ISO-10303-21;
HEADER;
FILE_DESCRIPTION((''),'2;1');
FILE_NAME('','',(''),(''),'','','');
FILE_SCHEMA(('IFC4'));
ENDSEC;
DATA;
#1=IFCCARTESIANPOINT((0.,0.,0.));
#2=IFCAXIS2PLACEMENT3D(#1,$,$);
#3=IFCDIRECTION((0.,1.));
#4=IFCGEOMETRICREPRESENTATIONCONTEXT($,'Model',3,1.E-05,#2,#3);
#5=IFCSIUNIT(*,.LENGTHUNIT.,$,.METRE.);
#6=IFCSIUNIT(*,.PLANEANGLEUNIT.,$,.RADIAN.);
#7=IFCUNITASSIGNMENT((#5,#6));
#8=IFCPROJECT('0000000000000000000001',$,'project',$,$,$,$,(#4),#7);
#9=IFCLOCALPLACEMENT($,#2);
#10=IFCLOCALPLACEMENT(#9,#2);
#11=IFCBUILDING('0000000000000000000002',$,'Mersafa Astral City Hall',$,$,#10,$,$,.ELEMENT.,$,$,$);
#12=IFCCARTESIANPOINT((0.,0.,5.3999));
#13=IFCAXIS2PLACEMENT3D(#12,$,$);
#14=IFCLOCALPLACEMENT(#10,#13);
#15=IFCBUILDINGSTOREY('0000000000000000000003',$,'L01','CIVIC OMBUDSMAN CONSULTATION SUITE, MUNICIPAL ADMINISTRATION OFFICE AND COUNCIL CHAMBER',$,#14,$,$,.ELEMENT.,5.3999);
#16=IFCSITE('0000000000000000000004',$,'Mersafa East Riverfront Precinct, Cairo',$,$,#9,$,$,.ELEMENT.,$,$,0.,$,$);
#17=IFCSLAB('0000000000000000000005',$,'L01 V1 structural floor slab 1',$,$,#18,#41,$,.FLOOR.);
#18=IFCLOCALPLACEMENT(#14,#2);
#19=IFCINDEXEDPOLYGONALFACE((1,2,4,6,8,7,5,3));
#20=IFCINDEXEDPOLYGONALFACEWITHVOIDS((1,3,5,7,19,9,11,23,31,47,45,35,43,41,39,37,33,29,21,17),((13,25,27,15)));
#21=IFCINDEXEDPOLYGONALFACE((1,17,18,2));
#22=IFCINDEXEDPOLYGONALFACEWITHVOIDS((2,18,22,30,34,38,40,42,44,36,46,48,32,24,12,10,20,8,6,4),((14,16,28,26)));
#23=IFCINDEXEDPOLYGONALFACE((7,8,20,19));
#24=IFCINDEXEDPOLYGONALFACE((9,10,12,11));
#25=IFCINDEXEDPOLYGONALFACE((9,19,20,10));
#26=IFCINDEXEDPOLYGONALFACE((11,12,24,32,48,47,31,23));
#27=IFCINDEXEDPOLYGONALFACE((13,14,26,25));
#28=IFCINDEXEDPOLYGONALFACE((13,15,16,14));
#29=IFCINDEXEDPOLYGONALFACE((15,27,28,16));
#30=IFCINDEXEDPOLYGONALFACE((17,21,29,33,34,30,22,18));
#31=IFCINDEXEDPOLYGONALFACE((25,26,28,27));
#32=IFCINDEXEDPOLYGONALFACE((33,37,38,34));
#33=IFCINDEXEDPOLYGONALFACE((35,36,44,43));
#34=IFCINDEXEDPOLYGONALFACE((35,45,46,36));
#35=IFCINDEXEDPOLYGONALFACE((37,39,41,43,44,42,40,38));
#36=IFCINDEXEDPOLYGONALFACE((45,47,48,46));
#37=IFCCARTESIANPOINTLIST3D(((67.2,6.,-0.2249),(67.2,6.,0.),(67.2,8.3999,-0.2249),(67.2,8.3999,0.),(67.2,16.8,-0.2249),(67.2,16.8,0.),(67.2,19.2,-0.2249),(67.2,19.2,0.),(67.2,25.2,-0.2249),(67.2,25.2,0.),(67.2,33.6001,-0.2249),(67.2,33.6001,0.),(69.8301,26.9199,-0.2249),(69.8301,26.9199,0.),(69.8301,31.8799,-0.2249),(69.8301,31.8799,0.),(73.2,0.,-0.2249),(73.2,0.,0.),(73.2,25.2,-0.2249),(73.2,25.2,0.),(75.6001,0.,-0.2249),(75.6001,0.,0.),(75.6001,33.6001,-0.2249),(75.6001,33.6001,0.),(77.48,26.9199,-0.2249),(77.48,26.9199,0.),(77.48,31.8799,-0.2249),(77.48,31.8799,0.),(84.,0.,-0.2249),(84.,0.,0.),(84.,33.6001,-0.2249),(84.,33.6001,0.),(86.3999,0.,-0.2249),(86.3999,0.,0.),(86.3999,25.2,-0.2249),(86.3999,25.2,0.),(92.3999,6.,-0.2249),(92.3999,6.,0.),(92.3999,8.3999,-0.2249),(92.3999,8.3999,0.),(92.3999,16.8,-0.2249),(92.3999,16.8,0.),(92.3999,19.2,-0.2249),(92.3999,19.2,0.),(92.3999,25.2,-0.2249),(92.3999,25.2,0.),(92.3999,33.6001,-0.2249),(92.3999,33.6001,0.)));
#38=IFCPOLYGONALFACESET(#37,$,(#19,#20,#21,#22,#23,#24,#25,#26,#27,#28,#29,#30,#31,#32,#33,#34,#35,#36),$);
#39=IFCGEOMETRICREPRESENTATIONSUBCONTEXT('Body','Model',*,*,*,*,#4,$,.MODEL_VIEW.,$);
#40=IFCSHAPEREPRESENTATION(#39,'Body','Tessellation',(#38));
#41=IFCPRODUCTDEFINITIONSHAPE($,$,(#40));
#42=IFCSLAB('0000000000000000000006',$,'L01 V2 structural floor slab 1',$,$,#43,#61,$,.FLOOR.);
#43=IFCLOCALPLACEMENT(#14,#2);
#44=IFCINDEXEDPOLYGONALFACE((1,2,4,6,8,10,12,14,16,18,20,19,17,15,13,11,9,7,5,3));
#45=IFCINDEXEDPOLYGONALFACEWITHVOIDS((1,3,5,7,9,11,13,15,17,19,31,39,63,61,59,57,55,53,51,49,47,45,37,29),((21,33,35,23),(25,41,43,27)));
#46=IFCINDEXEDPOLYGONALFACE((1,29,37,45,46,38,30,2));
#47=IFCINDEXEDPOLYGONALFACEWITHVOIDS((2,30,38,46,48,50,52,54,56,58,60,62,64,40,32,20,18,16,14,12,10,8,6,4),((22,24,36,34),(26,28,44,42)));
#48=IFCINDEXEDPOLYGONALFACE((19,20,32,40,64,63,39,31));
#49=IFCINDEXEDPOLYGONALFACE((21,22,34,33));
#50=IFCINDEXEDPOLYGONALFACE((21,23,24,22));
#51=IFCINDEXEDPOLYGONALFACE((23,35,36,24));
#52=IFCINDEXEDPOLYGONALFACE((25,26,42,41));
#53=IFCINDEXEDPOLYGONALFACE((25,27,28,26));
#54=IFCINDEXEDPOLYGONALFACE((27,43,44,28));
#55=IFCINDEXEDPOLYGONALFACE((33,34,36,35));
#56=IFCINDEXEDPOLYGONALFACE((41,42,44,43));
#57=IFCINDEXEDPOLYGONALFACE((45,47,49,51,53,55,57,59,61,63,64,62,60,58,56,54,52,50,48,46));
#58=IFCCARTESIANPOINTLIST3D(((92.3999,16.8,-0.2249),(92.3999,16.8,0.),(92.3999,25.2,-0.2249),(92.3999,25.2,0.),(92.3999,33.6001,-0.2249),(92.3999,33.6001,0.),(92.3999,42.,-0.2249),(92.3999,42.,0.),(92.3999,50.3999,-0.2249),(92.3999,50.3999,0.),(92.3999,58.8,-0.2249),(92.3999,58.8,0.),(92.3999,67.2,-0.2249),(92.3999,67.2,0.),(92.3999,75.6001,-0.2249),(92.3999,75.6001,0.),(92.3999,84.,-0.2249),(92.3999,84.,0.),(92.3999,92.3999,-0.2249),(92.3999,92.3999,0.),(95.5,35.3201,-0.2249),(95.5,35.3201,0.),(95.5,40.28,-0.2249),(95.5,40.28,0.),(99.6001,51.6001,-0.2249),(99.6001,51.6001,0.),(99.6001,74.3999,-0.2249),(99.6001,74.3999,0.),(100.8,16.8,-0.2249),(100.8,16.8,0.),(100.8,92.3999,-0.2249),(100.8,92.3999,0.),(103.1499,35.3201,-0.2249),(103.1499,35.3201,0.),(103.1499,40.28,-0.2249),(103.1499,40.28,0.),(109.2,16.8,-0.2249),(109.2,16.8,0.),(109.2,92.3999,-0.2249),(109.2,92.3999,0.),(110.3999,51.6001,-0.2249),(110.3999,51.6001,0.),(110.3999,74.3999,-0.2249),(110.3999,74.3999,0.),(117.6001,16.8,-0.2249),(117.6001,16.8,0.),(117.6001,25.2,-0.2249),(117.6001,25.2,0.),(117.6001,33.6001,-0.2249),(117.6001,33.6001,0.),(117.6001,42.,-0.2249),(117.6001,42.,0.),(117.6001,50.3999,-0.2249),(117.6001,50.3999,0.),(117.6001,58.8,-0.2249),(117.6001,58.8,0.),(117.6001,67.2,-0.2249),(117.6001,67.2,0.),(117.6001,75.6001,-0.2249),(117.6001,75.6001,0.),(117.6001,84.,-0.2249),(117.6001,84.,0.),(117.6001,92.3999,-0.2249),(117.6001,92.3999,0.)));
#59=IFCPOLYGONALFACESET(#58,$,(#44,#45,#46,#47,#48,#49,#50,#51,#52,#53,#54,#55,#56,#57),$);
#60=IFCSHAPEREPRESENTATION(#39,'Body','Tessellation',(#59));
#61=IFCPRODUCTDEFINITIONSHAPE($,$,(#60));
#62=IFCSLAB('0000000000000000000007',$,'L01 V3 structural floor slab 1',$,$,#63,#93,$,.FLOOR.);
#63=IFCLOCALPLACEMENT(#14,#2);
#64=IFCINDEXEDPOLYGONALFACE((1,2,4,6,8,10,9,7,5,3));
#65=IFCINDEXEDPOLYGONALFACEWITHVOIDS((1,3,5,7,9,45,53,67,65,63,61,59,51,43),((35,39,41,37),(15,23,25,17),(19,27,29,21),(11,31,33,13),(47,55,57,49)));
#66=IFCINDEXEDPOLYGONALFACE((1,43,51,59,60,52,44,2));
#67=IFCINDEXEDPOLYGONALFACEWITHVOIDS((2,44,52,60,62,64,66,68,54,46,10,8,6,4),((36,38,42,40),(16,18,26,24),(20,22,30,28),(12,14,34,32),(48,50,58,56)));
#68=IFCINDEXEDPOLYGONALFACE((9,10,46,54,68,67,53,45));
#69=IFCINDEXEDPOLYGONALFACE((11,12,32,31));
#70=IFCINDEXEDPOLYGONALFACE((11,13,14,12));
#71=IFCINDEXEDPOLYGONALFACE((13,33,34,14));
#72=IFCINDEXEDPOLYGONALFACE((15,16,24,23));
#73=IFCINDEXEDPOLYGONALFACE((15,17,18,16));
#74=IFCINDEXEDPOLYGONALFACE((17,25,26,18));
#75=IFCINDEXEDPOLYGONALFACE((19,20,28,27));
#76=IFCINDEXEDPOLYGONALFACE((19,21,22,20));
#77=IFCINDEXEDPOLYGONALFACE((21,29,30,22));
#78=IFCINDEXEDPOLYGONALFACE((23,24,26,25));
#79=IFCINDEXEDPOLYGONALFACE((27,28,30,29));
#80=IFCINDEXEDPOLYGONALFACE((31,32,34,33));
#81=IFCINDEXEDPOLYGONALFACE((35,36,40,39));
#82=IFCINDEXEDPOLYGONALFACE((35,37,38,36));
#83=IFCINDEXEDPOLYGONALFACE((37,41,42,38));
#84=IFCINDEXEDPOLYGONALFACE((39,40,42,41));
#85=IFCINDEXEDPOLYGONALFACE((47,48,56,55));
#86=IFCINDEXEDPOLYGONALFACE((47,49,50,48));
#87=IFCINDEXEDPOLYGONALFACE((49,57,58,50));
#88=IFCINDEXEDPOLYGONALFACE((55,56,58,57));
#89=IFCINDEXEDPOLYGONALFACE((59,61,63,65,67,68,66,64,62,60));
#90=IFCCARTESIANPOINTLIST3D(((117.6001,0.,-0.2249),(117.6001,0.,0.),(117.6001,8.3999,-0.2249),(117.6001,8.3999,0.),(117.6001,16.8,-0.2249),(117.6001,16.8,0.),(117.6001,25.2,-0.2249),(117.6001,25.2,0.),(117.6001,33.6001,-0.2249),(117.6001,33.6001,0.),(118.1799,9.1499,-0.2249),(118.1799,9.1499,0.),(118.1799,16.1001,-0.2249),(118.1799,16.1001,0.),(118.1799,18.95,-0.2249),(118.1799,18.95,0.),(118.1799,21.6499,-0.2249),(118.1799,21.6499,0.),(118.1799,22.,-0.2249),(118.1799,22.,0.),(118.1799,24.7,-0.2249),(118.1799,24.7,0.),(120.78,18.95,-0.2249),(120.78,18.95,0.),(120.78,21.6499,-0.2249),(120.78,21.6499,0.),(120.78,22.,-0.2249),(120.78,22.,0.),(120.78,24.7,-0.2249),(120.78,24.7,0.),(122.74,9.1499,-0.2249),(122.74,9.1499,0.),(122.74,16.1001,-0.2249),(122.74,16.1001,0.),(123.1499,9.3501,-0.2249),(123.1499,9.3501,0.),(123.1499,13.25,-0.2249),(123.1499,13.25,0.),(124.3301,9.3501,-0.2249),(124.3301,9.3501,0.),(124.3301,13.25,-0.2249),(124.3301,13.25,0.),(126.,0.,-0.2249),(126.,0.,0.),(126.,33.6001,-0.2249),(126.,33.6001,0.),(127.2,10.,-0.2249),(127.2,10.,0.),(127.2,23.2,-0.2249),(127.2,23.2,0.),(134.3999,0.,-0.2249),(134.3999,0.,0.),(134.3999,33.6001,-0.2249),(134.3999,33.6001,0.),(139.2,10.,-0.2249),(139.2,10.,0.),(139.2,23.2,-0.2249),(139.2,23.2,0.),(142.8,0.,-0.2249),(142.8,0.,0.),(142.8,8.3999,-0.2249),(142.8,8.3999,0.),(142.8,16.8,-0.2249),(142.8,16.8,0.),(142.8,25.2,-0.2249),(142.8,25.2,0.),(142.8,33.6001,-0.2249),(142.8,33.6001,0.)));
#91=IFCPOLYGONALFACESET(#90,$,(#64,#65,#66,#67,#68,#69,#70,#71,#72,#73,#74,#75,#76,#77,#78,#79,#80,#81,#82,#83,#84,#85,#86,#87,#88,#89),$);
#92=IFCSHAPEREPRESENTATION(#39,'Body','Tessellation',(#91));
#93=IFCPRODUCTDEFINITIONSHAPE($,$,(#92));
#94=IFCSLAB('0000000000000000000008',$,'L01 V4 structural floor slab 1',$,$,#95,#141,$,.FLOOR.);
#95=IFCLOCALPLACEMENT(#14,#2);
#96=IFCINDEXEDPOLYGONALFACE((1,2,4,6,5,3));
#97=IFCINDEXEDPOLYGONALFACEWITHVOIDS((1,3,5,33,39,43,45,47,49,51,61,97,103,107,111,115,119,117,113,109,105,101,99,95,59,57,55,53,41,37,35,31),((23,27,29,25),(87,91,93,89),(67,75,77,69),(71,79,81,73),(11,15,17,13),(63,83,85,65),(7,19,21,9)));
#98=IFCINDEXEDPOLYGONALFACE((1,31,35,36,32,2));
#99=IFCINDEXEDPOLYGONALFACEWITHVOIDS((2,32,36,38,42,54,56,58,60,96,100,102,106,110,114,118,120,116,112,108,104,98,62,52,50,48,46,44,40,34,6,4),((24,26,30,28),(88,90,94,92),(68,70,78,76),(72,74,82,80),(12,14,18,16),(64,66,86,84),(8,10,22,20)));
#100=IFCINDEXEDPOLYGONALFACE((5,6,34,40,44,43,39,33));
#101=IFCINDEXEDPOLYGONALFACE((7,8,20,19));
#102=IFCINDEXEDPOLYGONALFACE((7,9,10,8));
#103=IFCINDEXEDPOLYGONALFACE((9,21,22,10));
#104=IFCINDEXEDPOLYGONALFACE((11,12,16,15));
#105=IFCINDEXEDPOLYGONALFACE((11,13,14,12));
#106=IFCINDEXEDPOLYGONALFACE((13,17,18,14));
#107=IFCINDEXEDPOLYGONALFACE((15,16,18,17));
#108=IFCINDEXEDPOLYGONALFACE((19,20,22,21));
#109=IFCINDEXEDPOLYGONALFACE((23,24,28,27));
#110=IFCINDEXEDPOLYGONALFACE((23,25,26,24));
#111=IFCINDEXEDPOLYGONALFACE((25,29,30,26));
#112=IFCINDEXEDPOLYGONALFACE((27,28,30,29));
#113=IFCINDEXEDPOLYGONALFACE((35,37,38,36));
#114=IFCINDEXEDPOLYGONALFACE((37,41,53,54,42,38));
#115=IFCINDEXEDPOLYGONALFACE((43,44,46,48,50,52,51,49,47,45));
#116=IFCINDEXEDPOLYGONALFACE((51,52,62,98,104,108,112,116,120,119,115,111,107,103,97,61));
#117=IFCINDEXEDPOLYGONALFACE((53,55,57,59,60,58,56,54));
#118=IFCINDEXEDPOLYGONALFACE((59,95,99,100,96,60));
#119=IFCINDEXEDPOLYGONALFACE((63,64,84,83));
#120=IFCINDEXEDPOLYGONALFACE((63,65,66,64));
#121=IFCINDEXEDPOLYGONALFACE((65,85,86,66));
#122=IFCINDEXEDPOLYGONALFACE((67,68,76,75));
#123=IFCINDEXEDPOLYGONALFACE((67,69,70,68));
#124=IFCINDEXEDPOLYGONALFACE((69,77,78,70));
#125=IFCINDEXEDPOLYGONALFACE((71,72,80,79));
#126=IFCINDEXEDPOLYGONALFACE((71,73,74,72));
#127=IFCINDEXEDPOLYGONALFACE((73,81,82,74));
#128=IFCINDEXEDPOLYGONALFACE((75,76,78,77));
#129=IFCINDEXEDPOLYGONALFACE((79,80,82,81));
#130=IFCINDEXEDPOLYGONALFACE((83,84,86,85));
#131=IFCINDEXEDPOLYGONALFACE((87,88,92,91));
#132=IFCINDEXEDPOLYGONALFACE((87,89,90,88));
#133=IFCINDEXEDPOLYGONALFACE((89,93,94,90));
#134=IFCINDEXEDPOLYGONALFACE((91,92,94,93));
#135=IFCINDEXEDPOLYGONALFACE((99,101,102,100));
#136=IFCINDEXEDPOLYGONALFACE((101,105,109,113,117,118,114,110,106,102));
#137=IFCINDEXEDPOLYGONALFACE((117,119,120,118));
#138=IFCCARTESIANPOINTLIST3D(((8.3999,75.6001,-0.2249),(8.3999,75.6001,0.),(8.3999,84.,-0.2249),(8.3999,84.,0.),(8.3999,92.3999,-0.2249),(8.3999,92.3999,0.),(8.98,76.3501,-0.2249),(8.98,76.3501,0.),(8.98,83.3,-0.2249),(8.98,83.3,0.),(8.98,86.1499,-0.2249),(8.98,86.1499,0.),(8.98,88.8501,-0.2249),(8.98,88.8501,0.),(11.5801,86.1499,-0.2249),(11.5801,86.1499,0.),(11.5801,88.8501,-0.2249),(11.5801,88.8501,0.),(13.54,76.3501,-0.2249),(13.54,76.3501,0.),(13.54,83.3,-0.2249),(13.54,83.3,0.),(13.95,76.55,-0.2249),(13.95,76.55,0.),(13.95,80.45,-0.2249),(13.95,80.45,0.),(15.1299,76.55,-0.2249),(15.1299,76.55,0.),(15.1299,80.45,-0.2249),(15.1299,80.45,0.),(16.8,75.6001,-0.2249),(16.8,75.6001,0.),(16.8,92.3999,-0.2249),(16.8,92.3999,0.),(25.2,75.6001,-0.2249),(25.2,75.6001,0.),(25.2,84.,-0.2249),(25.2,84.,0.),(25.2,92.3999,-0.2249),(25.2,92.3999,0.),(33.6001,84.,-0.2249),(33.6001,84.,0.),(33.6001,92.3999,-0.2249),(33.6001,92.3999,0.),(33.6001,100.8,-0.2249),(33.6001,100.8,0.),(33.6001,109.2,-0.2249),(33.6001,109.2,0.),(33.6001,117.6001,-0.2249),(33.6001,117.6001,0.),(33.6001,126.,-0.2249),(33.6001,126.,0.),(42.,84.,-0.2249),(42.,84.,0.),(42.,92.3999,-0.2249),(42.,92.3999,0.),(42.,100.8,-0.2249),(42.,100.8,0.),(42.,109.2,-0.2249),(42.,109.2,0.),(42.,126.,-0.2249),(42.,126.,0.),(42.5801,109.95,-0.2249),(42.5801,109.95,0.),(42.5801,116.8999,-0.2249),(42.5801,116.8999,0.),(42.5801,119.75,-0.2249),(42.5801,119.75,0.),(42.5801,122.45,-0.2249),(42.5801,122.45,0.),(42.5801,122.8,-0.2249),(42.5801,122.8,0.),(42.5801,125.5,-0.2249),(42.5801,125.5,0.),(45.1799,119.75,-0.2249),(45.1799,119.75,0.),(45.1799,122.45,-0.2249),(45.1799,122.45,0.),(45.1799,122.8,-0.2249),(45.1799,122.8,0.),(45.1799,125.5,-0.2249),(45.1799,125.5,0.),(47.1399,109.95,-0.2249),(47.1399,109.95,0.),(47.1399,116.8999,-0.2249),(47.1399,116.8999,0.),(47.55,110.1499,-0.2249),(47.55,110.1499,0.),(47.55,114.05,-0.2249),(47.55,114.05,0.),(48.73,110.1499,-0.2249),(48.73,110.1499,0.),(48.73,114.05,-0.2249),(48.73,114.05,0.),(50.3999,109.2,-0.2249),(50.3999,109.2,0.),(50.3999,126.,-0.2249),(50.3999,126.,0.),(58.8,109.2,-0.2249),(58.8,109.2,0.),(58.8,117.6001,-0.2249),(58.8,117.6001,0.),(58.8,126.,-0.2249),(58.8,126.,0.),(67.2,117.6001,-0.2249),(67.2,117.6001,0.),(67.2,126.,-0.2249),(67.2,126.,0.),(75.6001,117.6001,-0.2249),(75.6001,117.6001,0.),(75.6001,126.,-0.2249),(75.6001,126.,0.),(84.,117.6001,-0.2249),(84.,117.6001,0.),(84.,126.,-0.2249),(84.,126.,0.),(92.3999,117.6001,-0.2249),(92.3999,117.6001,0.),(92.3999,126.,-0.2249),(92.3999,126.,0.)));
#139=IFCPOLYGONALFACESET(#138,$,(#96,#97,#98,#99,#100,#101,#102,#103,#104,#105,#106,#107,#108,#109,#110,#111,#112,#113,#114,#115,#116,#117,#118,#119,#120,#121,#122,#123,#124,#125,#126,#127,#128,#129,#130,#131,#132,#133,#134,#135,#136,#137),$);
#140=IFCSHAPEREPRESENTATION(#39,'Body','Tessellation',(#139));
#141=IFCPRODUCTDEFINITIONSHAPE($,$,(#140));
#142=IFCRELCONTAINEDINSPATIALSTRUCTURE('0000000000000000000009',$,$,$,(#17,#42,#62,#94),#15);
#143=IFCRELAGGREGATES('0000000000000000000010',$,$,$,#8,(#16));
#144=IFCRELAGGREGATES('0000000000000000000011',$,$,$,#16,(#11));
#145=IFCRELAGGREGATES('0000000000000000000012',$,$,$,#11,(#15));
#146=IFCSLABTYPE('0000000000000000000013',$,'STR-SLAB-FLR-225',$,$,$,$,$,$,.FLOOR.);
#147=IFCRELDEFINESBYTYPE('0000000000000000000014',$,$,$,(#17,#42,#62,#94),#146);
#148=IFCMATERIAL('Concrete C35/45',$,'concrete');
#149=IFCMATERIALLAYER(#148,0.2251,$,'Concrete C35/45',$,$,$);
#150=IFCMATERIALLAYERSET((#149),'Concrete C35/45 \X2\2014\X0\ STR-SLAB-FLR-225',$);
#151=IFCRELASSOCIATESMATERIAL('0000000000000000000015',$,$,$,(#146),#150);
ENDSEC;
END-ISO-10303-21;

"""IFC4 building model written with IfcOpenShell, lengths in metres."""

from ifc_helpers import new_model, si_unit, direction, frame, origin, place, context, subcontext, project, spatial, polyline, outline, extrude, material, layer, layer_set, type_object, element, save


model = new_model("IFC4")

# Units and contexts
model_context = context("Model", 3, precision=1e-05, world=origin(), true_north=direction((0.0, 1.0)))
body_context = subcontext(model_context, "Body", "Model", "MODEL_VIEW")
ifc_project = project(units=[si_unit("LENGTHUNIT", "METRE"), si_unit("PLANEANGLEUNIT", "RADIAN")], contexts=[model_context])

# Site, building, storey
site_placement = place(None, origin())
site = spatial("IfcSite", under=ifc_project, at=site_placement, Name="Mersafa East Riverfront Precinct, Cairo", CompositionType="ELEMENT", RefElevation=0.0)
building_placement = place(site_placement, origin())
building = spatial("IfcBuilding", under=site, at=building_placement, Name="Mersafa Astral City Hall", CompositionType="ELEMENT")
storey_placement = place(building_placement, frame((0.0, 0.0, 5.3999)))
storey = spatial("IfcBuildingStorey", under=building, at=storey_placement, Name="L01", Description="CIVIC OMBUDSMAN CONSULTATION SUITE, MUNICIPAL ADMINISTRATION OFFICE AND COUNCIL CHAMBER", CompositionType="ELEMENT", Elevation=5.3999)

# Slabs
ifc_material_1 = material(Name="Concrete C35/45", Category="concrete")
ifc_layer_1 = layer(ifc_material_1, 0.2251, Name="Concrete C35/45")
ifc_layer_set_1 = layer_set([ifc_layer_1], Name="Concrete C35/45 — STR-SLAB-FLR-225")
slab_type_1 = type_object("IfcSlabType", Name="STR-SLAB-FLR-225", PredefinedType="FLOOR", material=ifc_layer_set_1)
slab_1_placement = place(storey_placement, frame((0.0, 0.0, -0.2249)))
element("IfcSlab", 1, at=slab_1_placement, inside=storey, type_object=slab_type_1, Name="L01 V1 structural floor slab 1", PredefinedType="FLOOR", context=body_context, shape_type="SweptSolid", body=[
    extrude(outline(polyline([(73.2, 25.2), (67.2, 25.2), (67.2, 25.2), (67.2, 33.6001), (75.6001, 33.6001), (84.0, 33.6001), (92.3999, 33.6001), (92.3999, 25.2), (92.3999, 25.2), (86.3999, 25.2), (92.3999, 19.2), (92.3999, 16.8), (92.3999, 8.3999), (92.3999, 6.0), (86.3999, 0.0), (84.0, 0.0), (75.6001, 0.0), (73.2, 0.0), (67.2, 6.0), (67.2, 8.3999), (67.2, 16.8), (67.2, 19.2), (73.2, 25.2)]), holes=[polyline([(77.48, 26.9199), (77.48, 31.8799), (69.8301, 31.8799), (69.8301, 26.9199), (77.48, 26.9199)])]), origin(), (0.0, 0.0, 1.0), 0.2249),
])
slab_2_placement = place(storey_placement, frame((0.0, 0.0, -0.2249)))
element("IfcSlab", 2, at=slab_2_placement, inside=storey, type_object=slab_type_1, Name="L01 V2 structural floor slab 1", PredefinedType="FLOOR", context=body_context, shape_type="SweptSolid", body=[
    extrude(outline(polyline([(92.3999, 42.0), (92.3999, 50.3999), (92.3999, 58.8), (92.3999, 67.2), (92.3999, 75.6001), (92.3999, 84.0), (92.3999, 92.3999), (100.8, 92.3999), (109.2, 92.3999), (117.6001, 92.3999), (117.6001, 84.0), (117.6001, 75.6001), (117.6001, 67.2), (117.6001, 58.8), (117.6001, 50.3999), (117.6001, 42.0), (117.6001, 33.6001), (117.6001, 25.2), (117.6001, 16.8), (109.2, 16.8), (100.8, 16.8), (92.3999, 16.8), (92.3999, 25.2), (92.3999, 33.6001), (92.3999, 42.0)]), holes=[polyline([(95.5, 35.3201), (103.1499, 35.3201), (103.1499, 40.28), (95.5, 40.28), (95.5, 35.3201)]), polyline([(110.3999, 51.6001), (110.3999, 74.3999), (99.6001, 74.3999), (99.6001, 51.6001), (110.3999, 51.6001)])]), origin(), (0.0, 0.0, 1.0), 0.2249),
])
slab_3_placement = place(storey_placement, frame((0.0, 0.0, -0.2249)))
element("IfcSlab", 3, at=slab_3_placement, inside=storey, type_object=slab_type_1, Name="L01 V3 structural floor slab 1", PredefinedType="FLOOR", context=body_context, shape_type="SweptSolid", body=[
    extrude(outline(polyline([(117.6001, 25.2), (117.6001, 33.6001), (126.0, 33.6001), (134.3999, 33.6001), (142.8, 33.6001), (142.8, 25.2), (142.8, 16.8), (142.8, 8.3999), (142.8, 0.0), (134.3999, 0.0), (126.0, 0.0), (117.6001, 0.0), (117.6001, 8.3999), (117.6001, 16.8), (117.6001, 25.2)]), holes=[polyline([(118.1799, 9.1499), (122.74, 9.1499), (122.74, 16.1001), (118.1799, 16.1001), (118.1799, 9.1499)]), polyline([(120.78, 18.95), (120.78, 21.6499), (118.1799, 21.6499), (118.1799, 18.95), (120.78, 18.95)]), polyline([(120.78, 22.0), (120.78, 24.7), (118.1799, 24.7), (118.1799, 22.0), (120.78, 22.0)]), polyline([(124.3301, 13.25), (123.1499, 13.25), (123.1499, 9.3501), (124.3301, 9.3501), (124.3301, 13.25)]), polyline([(139.2, 10.0), (139.2, 23.2), (127.2, 23.2), (127.2, 10.0), (139.2, 10.0)])]), origin(), (0.0, 0.0, 1.0), 0.2249),
])
slab_4_placement = place(storey_placement, frame((0.0, 0.0, -0.2249)))
element("IfcSlab", 4, at=slab_4_placement, inside=storey, type_object=slab_type_1, Name="L01 V4 structural floor slab 1", PredefinedType="FLOOR", context=body_context, shape_type="SweptSolid", body=[
    extrude(outline(polyline([(25.2, 92.3999), (33.6001, 92.3999), (33.6001, 100.8), (33.6001, 109.2), (33.6001, 117.6001), (33.6001, 126.0), (42.0, 126.0), (50.3999, 126.0), (58.8, 126.0), (67.2, 126.0), (75.6001, 126.0), (84.0, 126.0), (92.3999, 126.0), (92.3999, 117.6001), (84.0, 117.6001), (75.6001, 117.6001), (67.2, 117.6001), (58.8, 117.6001), (58.8, 109.2), (50.3999, 109.2), (42.0, 109.2), (42.0, 100.8), (42.0, 92.3999), (42.0, 84.0), (33.6001, 84.0), (25.2, 84.0), (25.2, 75.6001), (16.8, 75.6001), (8.3999, 75.6001), (8.3999, 84.0), (8.3999, 92.3999), (16.8, 92.3999), (25.2, 92.3999)]), holes=[polyline([(15.1299, 80.45), (13.95, 80.45), (13.95, 76.55), (15.1299, 76.55), (15.1299, 80.45)]), polyline([(8.98, 83.3), (8.98, 76.3501), (13.54, 76.3501), (13.54, 83.3), (8.98, 83.3)]), polyline([(11.5801, 86.1499), (11.5801, 88.8501), (8.98, 88.8501), (8.98, 86.1499), (11.5801, 86.1499)]), polyline([(48.73, 110.1499), (48.73, 114.05), (47.55, 114.05), (47.55, 110.1499), (48.73, 110.1499)]), polyline([(42.5801, 116.8999), (42.5801, 109.95), (47.1399, 109.95), (47.1399, 116.8999), (42.5801, 116.8999)]), polyline([(45.1799, 119.75), (45.1799, 122.45), (42.5801, 122.45), (42.5801, 119.75), (45.1799, 119.75)]), polyline([(45.1799, 122.8), (45.1799, 125.5), (42.5801, 125.5), (42.5801, 122.8), (45.1799, 122.8)])]), origin(), (0.0, 0.0, 1.0), 0.2249),
])

save(model, "model.ifc")
